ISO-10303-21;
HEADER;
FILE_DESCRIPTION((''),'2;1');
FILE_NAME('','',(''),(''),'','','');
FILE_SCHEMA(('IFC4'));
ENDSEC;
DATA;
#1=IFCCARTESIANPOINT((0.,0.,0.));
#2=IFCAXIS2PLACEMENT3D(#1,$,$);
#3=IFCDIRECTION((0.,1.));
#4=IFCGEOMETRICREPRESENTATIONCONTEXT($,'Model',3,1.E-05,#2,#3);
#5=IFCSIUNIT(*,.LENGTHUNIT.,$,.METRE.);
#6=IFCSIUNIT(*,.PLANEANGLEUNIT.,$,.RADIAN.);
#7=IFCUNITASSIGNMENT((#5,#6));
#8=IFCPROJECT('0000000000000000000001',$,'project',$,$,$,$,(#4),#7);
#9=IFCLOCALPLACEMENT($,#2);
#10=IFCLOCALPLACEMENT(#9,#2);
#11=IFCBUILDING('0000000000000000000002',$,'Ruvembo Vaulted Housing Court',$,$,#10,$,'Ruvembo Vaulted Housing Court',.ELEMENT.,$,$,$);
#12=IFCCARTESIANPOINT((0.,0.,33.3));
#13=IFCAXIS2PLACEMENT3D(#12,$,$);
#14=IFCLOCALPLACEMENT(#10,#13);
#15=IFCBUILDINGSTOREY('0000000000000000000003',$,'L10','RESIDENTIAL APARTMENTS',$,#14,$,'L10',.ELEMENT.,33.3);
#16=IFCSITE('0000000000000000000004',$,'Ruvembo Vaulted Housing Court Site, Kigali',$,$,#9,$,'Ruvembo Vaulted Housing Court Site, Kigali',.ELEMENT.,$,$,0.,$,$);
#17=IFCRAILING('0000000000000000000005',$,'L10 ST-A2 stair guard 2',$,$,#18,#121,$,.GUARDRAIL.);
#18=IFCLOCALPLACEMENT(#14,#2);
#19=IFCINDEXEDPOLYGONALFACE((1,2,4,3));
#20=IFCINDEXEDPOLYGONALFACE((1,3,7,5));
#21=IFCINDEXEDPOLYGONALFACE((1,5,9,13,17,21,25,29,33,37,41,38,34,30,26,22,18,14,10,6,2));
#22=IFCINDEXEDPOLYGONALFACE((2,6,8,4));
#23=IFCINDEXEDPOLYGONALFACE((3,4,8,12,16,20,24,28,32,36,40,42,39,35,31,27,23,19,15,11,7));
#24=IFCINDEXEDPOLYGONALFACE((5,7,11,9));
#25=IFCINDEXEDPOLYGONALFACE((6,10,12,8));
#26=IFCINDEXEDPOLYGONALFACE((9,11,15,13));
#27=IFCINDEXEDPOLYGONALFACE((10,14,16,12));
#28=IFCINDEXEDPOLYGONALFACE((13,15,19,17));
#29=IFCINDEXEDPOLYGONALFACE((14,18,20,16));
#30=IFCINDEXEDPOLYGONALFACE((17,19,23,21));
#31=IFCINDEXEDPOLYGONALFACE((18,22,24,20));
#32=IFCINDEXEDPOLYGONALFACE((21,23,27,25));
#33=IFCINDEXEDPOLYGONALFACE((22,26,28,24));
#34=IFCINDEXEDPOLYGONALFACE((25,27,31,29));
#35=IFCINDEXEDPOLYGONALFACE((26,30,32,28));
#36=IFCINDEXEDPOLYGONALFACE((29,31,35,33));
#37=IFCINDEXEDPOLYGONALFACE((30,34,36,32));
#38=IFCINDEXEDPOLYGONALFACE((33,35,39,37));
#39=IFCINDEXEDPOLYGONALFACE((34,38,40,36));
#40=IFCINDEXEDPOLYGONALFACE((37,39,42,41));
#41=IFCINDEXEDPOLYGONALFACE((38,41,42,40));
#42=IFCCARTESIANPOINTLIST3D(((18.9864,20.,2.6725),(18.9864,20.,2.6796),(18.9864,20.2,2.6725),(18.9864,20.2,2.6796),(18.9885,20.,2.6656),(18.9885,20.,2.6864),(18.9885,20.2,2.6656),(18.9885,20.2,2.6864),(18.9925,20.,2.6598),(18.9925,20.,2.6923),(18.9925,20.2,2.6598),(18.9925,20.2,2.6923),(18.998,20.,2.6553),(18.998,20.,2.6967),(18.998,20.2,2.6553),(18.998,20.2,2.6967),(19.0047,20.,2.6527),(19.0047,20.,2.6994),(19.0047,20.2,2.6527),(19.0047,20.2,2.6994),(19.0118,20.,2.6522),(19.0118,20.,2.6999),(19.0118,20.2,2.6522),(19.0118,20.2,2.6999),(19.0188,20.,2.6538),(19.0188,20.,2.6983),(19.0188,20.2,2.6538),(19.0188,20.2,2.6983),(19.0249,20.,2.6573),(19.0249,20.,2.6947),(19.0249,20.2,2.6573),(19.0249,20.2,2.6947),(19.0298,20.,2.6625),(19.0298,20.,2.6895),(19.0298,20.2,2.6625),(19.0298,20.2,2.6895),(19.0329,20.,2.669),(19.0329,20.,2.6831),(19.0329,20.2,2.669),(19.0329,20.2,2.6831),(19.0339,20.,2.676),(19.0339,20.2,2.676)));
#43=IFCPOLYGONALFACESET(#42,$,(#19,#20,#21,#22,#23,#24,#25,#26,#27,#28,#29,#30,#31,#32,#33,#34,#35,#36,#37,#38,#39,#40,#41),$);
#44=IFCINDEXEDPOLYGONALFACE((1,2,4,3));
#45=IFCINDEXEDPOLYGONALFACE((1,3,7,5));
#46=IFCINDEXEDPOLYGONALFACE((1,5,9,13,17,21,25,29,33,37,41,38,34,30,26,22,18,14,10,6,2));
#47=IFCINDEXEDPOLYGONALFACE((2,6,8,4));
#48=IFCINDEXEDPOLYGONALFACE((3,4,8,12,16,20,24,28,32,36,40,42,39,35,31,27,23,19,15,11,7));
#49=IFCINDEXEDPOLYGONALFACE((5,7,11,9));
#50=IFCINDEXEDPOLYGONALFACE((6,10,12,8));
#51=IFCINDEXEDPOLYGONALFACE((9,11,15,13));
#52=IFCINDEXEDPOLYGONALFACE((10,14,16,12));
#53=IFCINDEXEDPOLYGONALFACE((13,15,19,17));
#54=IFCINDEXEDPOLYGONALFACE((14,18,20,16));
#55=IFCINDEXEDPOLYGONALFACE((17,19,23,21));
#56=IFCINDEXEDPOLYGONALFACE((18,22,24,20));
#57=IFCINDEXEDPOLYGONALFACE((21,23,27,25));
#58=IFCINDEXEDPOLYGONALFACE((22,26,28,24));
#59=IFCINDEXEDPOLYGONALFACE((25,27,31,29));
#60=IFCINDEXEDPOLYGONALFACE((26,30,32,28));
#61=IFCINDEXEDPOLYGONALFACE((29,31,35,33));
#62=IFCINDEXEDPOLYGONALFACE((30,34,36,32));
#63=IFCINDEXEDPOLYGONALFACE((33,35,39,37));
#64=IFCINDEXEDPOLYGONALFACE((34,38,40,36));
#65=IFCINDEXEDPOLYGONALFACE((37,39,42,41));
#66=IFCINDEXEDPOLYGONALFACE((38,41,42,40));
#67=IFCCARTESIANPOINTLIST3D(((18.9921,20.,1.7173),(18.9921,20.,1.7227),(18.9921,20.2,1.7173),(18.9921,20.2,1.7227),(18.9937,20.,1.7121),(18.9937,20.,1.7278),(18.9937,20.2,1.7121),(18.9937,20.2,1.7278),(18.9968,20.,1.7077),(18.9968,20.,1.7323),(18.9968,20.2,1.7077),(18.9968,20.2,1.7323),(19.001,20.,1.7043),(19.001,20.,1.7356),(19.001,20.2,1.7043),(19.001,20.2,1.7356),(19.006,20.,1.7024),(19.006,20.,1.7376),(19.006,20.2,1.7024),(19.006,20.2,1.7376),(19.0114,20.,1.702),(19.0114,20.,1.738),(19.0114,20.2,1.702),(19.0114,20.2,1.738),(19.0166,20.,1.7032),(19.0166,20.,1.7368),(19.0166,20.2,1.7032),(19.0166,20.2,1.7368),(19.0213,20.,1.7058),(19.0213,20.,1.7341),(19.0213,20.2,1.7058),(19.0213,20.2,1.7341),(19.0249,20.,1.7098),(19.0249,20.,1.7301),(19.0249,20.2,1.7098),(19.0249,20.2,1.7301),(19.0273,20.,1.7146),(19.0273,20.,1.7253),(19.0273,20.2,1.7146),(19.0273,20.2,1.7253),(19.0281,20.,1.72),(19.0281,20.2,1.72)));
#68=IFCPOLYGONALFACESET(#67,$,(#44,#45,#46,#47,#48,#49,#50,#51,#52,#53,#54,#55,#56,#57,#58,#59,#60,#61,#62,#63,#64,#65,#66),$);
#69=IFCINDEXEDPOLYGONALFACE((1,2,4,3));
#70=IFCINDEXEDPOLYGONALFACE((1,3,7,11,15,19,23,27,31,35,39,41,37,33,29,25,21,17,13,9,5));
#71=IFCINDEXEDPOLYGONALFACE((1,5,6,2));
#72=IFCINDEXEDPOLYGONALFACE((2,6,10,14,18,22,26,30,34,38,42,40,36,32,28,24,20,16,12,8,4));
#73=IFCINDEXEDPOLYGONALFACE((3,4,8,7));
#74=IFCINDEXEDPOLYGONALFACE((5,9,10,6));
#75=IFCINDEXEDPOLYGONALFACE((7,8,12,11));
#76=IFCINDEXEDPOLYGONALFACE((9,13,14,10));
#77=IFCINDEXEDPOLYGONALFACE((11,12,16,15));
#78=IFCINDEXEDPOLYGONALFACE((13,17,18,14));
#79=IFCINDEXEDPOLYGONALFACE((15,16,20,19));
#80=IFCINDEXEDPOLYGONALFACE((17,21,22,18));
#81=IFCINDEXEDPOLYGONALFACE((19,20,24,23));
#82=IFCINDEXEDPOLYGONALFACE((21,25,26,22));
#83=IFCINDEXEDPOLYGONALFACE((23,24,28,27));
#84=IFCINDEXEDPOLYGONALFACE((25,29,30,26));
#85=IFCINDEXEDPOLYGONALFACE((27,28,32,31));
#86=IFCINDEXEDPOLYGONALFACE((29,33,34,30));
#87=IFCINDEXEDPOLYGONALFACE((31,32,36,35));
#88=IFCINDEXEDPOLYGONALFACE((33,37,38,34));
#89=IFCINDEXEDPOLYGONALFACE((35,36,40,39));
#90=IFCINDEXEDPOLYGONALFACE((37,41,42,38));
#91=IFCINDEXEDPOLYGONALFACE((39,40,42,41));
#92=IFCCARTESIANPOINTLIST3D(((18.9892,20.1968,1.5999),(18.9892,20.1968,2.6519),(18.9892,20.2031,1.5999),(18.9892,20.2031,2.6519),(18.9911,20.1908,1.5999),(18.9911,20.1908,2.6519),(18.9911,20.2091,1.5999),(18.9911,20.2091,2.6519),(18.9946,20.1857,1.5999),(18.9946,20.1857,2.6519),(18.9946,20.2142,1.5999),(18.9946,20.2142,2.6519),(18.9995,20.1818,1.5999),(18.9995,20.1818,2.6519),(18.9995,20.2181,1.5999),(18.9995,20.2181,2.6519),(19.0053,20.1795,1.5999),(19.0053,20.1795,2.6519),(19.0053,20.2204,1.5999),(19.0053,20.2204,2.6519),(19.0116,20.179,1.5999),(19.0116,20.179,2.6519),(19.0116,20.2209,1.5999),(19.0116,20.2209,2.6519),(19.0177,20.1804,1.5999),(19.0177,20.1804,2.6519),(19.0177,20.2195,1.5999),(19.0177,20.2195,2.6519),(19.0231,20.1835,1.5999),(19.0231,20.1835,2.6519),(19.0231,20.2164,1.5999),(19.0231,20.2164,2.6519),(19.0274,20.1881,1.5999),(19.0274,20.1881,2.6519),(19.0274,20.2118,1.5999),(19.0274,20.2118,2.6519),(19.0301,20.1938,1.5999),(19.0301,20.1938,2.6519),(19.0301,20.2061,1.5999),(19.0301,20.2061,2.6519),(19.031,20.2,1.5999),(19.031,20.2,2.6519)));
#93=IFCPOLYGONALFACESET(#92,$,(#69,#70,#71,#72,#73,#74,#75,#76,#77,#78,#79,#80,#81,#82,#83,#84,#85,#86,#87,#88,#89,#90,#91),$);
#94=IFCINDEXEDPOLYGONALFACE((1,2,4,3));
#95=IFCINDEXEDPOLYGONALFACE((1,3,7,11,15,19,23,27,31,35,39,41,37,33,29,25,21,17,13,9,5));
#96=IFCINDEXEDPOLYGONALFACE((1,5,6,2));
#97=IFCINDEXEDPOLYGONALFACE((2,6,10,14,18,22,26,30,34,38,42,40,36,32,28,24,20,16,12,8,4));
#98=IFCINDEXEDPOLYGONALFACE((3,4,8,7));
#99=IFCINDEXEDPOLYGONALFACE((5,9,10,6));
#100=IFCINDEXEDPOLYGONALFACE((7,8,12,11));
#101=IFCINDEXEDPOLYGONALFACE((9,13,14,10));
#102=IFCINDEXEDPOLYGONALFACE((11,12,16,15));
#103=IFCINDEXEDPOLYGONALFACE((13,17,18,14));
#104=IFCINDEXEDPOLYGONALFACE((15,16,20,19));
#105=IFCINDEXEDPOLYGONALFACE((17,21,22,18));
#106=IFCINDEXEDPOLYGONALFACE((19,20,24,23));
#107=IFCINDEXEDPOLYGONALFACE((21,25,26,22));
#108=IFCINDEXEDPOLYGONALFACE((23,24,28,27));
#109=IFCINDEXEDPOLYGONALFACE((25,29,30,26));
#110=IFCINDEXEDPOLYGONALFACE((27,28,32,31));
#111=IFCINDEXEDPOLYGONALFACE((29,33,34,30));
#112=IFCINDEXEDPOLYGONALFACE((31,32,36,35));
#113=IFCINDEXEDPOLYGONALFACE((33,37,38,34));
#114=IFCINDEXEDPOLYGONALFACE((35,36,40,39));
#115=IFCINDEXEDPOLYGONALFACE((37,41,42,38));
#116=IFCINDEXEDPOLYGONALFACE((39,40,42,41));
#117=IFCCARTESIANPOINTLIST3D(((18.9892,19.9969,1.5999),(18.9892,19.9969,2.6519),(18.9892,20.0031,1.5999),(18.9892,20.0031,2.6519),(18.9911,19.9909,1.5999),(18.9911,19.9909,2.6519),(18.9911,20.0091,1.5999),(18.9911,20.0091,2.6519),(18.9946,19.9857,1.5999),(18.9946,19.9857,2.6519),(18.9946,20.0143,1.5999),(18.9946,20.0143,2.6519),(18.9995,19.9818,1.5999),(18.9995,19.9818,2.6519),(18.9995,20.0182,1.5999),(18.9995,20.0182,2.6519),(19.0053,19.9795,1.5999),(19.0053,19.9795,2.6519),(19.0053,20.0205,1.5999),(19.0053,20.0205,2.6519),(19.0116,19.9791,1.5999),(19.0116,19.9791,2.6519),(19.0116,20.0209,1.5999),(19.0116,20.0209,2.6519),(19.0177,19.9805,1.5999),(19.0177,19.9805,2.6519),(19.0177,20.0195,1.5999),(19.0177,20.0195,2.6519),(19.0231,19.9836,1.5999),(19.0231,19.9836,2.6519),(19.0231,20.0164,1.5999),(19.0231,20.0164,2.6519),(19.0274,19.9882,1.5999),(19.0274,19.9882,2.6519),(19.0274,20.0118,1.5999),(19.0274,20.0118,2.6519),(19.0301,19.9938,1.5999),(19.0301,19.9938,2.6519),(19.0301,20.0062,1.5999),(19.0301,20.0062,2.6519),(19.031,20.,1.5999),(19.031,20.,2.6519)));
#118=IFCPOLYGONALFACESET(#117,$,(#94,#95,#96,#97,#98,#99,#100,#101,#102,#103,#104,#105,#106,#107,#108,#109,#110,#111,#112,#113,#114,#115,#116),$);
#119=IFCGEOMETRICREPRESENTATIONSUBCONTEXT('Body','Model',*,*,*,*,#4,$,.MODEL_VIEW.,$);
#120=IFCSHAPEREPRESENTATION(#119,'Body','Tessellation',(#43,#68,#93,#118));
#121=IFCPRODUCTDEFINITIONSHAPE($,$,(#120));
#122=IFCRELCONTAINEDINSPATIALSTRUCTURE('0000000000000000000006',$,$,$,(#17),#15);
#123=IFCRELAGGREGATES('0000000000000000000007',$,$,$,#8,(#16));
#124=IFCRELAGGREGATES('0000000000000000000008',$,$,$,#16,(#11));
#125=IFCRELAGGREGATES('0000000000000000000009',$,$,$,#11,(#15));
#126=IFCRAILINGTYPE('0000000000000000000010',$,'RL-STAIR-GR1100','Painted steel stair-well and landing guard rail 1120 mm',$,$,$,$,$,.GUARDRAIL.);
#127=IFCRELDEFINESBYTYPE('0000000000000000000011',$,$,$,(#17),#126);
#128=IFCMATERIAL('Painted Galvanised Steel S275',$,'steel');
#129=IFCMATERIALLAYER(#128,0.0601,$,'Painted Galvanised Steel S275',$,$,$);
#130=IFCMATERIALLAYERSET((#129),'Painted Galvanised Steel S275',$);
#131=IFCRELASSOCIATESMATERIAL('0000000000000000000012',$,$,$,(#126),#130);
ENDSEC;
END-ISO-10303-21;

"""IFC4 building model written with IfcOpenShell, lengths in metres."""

from ifc_helpers import new_model, si_unit, direction, frame, origin, origin_2d, place, context, subcontext, project, spatial, circle, extrude, material, layer, layer_set, type_object, element, save


model = new_model("IFC4")

# Units and contexts
model_context = context("Model", 3, precision=1e-05, world=origin(), true_north=direction((0.0, 1.0)))
body_context = subcontext(model_context, "Body", "Model", "MODEL_VIEW")
ifc_project = project(units=[si_unit("LENGTHUNIT", "METRE"), si_unit("PLANEANGLEUNIT", "RADIAN")], contexts=[model_context])

# Site, building, storey
site_placement = place(None, origin())
site = spatial("IfcSite", under=ifc_project, at=site_placement, Name="Ruvembo Vaulted Housing Court Site, Kigali", LongName="Ruvembo Vaulted Housing Court Site, Kigali", CompositionType="ELEMENT", RefElevation=0.0)
building_placement = place(site_placement, origin())
building = spatial("IfcBuilding", under=site, at=building_placement, Name="Ruvembo Vaulted Housing Court", LongName="Ruvembo Vaulted Housing Court", CompositionType="ELEMENT")
storey_placement = place(building_placement, frame((0.0, 0.0, 33.3)))
storey = spatial("IfcBuildingStorey", under=building, at=storey_placement, Name="L10", Description="RESIDENTIAL APARTMENTS", LongName="L10", CompositionType="ELEMENT", Elevation=33.3)

# Railing
ifc_material_1 = material(Name="Painted Galvanised Steel S275", Category="steel")
ifc_layer_1 = layer(ifc_material_1, 0.0601, Name="Painted Galvanised Steel S275")
ifc_layer_set_1 = layer_set([ifc_layer_1], Name="Painted Galvanised Steel S275")
railing_type_1 = type_object("IfcRailingType", Name="RL-STAIR-GR1100", Description="Painted steel stair-well and landing guard rail 1120 mm", PredefinedType="GUARDRAIL", material=ifc_layer_set_1)
railing_1_placement = place(storey_placement, frame((19.01, 20.2, 1.5999)))
element("IfcRailing", 1, at=railing_1_placement, inside=storey, type_object=railing_type_1, Name="L10 ST-A2 stair guard 2", PredefinedType="GUARDRAIL", context=body_context, shape_type="SweptSolid", body=[
    extrude(circle(Radius=0.0239, at=origin_2d()), frame((0.0, 0.0, 1.0762), z_axis=(0.0, -1.0, 0.0), x_axis=(1.0, 0.0, 0.0)), (0.0, 0.0, 1.0), 0.2),
    extrude(circle(Radius=0.0181, at=origin_2d()), frame((0.0, 0.0, 0.1201), z_axis=(0.0, -1.0, 0.0), x_axis=(1.0, 0.0, 0.0)), (0.0, 0.0, 1.0), 0.2),
    extrude(circle(Radius=0.021, at=origin_2d()), origin(), (0.0, 0.0, 1.0), 1.052),
    extrude(circle(Radius=0.021, at=origin_2d()), frame((0.0, -0.2, 0.0)), (0.0, 0.0, 1.0), 1.052),
])

save(model, "model.ifc")
